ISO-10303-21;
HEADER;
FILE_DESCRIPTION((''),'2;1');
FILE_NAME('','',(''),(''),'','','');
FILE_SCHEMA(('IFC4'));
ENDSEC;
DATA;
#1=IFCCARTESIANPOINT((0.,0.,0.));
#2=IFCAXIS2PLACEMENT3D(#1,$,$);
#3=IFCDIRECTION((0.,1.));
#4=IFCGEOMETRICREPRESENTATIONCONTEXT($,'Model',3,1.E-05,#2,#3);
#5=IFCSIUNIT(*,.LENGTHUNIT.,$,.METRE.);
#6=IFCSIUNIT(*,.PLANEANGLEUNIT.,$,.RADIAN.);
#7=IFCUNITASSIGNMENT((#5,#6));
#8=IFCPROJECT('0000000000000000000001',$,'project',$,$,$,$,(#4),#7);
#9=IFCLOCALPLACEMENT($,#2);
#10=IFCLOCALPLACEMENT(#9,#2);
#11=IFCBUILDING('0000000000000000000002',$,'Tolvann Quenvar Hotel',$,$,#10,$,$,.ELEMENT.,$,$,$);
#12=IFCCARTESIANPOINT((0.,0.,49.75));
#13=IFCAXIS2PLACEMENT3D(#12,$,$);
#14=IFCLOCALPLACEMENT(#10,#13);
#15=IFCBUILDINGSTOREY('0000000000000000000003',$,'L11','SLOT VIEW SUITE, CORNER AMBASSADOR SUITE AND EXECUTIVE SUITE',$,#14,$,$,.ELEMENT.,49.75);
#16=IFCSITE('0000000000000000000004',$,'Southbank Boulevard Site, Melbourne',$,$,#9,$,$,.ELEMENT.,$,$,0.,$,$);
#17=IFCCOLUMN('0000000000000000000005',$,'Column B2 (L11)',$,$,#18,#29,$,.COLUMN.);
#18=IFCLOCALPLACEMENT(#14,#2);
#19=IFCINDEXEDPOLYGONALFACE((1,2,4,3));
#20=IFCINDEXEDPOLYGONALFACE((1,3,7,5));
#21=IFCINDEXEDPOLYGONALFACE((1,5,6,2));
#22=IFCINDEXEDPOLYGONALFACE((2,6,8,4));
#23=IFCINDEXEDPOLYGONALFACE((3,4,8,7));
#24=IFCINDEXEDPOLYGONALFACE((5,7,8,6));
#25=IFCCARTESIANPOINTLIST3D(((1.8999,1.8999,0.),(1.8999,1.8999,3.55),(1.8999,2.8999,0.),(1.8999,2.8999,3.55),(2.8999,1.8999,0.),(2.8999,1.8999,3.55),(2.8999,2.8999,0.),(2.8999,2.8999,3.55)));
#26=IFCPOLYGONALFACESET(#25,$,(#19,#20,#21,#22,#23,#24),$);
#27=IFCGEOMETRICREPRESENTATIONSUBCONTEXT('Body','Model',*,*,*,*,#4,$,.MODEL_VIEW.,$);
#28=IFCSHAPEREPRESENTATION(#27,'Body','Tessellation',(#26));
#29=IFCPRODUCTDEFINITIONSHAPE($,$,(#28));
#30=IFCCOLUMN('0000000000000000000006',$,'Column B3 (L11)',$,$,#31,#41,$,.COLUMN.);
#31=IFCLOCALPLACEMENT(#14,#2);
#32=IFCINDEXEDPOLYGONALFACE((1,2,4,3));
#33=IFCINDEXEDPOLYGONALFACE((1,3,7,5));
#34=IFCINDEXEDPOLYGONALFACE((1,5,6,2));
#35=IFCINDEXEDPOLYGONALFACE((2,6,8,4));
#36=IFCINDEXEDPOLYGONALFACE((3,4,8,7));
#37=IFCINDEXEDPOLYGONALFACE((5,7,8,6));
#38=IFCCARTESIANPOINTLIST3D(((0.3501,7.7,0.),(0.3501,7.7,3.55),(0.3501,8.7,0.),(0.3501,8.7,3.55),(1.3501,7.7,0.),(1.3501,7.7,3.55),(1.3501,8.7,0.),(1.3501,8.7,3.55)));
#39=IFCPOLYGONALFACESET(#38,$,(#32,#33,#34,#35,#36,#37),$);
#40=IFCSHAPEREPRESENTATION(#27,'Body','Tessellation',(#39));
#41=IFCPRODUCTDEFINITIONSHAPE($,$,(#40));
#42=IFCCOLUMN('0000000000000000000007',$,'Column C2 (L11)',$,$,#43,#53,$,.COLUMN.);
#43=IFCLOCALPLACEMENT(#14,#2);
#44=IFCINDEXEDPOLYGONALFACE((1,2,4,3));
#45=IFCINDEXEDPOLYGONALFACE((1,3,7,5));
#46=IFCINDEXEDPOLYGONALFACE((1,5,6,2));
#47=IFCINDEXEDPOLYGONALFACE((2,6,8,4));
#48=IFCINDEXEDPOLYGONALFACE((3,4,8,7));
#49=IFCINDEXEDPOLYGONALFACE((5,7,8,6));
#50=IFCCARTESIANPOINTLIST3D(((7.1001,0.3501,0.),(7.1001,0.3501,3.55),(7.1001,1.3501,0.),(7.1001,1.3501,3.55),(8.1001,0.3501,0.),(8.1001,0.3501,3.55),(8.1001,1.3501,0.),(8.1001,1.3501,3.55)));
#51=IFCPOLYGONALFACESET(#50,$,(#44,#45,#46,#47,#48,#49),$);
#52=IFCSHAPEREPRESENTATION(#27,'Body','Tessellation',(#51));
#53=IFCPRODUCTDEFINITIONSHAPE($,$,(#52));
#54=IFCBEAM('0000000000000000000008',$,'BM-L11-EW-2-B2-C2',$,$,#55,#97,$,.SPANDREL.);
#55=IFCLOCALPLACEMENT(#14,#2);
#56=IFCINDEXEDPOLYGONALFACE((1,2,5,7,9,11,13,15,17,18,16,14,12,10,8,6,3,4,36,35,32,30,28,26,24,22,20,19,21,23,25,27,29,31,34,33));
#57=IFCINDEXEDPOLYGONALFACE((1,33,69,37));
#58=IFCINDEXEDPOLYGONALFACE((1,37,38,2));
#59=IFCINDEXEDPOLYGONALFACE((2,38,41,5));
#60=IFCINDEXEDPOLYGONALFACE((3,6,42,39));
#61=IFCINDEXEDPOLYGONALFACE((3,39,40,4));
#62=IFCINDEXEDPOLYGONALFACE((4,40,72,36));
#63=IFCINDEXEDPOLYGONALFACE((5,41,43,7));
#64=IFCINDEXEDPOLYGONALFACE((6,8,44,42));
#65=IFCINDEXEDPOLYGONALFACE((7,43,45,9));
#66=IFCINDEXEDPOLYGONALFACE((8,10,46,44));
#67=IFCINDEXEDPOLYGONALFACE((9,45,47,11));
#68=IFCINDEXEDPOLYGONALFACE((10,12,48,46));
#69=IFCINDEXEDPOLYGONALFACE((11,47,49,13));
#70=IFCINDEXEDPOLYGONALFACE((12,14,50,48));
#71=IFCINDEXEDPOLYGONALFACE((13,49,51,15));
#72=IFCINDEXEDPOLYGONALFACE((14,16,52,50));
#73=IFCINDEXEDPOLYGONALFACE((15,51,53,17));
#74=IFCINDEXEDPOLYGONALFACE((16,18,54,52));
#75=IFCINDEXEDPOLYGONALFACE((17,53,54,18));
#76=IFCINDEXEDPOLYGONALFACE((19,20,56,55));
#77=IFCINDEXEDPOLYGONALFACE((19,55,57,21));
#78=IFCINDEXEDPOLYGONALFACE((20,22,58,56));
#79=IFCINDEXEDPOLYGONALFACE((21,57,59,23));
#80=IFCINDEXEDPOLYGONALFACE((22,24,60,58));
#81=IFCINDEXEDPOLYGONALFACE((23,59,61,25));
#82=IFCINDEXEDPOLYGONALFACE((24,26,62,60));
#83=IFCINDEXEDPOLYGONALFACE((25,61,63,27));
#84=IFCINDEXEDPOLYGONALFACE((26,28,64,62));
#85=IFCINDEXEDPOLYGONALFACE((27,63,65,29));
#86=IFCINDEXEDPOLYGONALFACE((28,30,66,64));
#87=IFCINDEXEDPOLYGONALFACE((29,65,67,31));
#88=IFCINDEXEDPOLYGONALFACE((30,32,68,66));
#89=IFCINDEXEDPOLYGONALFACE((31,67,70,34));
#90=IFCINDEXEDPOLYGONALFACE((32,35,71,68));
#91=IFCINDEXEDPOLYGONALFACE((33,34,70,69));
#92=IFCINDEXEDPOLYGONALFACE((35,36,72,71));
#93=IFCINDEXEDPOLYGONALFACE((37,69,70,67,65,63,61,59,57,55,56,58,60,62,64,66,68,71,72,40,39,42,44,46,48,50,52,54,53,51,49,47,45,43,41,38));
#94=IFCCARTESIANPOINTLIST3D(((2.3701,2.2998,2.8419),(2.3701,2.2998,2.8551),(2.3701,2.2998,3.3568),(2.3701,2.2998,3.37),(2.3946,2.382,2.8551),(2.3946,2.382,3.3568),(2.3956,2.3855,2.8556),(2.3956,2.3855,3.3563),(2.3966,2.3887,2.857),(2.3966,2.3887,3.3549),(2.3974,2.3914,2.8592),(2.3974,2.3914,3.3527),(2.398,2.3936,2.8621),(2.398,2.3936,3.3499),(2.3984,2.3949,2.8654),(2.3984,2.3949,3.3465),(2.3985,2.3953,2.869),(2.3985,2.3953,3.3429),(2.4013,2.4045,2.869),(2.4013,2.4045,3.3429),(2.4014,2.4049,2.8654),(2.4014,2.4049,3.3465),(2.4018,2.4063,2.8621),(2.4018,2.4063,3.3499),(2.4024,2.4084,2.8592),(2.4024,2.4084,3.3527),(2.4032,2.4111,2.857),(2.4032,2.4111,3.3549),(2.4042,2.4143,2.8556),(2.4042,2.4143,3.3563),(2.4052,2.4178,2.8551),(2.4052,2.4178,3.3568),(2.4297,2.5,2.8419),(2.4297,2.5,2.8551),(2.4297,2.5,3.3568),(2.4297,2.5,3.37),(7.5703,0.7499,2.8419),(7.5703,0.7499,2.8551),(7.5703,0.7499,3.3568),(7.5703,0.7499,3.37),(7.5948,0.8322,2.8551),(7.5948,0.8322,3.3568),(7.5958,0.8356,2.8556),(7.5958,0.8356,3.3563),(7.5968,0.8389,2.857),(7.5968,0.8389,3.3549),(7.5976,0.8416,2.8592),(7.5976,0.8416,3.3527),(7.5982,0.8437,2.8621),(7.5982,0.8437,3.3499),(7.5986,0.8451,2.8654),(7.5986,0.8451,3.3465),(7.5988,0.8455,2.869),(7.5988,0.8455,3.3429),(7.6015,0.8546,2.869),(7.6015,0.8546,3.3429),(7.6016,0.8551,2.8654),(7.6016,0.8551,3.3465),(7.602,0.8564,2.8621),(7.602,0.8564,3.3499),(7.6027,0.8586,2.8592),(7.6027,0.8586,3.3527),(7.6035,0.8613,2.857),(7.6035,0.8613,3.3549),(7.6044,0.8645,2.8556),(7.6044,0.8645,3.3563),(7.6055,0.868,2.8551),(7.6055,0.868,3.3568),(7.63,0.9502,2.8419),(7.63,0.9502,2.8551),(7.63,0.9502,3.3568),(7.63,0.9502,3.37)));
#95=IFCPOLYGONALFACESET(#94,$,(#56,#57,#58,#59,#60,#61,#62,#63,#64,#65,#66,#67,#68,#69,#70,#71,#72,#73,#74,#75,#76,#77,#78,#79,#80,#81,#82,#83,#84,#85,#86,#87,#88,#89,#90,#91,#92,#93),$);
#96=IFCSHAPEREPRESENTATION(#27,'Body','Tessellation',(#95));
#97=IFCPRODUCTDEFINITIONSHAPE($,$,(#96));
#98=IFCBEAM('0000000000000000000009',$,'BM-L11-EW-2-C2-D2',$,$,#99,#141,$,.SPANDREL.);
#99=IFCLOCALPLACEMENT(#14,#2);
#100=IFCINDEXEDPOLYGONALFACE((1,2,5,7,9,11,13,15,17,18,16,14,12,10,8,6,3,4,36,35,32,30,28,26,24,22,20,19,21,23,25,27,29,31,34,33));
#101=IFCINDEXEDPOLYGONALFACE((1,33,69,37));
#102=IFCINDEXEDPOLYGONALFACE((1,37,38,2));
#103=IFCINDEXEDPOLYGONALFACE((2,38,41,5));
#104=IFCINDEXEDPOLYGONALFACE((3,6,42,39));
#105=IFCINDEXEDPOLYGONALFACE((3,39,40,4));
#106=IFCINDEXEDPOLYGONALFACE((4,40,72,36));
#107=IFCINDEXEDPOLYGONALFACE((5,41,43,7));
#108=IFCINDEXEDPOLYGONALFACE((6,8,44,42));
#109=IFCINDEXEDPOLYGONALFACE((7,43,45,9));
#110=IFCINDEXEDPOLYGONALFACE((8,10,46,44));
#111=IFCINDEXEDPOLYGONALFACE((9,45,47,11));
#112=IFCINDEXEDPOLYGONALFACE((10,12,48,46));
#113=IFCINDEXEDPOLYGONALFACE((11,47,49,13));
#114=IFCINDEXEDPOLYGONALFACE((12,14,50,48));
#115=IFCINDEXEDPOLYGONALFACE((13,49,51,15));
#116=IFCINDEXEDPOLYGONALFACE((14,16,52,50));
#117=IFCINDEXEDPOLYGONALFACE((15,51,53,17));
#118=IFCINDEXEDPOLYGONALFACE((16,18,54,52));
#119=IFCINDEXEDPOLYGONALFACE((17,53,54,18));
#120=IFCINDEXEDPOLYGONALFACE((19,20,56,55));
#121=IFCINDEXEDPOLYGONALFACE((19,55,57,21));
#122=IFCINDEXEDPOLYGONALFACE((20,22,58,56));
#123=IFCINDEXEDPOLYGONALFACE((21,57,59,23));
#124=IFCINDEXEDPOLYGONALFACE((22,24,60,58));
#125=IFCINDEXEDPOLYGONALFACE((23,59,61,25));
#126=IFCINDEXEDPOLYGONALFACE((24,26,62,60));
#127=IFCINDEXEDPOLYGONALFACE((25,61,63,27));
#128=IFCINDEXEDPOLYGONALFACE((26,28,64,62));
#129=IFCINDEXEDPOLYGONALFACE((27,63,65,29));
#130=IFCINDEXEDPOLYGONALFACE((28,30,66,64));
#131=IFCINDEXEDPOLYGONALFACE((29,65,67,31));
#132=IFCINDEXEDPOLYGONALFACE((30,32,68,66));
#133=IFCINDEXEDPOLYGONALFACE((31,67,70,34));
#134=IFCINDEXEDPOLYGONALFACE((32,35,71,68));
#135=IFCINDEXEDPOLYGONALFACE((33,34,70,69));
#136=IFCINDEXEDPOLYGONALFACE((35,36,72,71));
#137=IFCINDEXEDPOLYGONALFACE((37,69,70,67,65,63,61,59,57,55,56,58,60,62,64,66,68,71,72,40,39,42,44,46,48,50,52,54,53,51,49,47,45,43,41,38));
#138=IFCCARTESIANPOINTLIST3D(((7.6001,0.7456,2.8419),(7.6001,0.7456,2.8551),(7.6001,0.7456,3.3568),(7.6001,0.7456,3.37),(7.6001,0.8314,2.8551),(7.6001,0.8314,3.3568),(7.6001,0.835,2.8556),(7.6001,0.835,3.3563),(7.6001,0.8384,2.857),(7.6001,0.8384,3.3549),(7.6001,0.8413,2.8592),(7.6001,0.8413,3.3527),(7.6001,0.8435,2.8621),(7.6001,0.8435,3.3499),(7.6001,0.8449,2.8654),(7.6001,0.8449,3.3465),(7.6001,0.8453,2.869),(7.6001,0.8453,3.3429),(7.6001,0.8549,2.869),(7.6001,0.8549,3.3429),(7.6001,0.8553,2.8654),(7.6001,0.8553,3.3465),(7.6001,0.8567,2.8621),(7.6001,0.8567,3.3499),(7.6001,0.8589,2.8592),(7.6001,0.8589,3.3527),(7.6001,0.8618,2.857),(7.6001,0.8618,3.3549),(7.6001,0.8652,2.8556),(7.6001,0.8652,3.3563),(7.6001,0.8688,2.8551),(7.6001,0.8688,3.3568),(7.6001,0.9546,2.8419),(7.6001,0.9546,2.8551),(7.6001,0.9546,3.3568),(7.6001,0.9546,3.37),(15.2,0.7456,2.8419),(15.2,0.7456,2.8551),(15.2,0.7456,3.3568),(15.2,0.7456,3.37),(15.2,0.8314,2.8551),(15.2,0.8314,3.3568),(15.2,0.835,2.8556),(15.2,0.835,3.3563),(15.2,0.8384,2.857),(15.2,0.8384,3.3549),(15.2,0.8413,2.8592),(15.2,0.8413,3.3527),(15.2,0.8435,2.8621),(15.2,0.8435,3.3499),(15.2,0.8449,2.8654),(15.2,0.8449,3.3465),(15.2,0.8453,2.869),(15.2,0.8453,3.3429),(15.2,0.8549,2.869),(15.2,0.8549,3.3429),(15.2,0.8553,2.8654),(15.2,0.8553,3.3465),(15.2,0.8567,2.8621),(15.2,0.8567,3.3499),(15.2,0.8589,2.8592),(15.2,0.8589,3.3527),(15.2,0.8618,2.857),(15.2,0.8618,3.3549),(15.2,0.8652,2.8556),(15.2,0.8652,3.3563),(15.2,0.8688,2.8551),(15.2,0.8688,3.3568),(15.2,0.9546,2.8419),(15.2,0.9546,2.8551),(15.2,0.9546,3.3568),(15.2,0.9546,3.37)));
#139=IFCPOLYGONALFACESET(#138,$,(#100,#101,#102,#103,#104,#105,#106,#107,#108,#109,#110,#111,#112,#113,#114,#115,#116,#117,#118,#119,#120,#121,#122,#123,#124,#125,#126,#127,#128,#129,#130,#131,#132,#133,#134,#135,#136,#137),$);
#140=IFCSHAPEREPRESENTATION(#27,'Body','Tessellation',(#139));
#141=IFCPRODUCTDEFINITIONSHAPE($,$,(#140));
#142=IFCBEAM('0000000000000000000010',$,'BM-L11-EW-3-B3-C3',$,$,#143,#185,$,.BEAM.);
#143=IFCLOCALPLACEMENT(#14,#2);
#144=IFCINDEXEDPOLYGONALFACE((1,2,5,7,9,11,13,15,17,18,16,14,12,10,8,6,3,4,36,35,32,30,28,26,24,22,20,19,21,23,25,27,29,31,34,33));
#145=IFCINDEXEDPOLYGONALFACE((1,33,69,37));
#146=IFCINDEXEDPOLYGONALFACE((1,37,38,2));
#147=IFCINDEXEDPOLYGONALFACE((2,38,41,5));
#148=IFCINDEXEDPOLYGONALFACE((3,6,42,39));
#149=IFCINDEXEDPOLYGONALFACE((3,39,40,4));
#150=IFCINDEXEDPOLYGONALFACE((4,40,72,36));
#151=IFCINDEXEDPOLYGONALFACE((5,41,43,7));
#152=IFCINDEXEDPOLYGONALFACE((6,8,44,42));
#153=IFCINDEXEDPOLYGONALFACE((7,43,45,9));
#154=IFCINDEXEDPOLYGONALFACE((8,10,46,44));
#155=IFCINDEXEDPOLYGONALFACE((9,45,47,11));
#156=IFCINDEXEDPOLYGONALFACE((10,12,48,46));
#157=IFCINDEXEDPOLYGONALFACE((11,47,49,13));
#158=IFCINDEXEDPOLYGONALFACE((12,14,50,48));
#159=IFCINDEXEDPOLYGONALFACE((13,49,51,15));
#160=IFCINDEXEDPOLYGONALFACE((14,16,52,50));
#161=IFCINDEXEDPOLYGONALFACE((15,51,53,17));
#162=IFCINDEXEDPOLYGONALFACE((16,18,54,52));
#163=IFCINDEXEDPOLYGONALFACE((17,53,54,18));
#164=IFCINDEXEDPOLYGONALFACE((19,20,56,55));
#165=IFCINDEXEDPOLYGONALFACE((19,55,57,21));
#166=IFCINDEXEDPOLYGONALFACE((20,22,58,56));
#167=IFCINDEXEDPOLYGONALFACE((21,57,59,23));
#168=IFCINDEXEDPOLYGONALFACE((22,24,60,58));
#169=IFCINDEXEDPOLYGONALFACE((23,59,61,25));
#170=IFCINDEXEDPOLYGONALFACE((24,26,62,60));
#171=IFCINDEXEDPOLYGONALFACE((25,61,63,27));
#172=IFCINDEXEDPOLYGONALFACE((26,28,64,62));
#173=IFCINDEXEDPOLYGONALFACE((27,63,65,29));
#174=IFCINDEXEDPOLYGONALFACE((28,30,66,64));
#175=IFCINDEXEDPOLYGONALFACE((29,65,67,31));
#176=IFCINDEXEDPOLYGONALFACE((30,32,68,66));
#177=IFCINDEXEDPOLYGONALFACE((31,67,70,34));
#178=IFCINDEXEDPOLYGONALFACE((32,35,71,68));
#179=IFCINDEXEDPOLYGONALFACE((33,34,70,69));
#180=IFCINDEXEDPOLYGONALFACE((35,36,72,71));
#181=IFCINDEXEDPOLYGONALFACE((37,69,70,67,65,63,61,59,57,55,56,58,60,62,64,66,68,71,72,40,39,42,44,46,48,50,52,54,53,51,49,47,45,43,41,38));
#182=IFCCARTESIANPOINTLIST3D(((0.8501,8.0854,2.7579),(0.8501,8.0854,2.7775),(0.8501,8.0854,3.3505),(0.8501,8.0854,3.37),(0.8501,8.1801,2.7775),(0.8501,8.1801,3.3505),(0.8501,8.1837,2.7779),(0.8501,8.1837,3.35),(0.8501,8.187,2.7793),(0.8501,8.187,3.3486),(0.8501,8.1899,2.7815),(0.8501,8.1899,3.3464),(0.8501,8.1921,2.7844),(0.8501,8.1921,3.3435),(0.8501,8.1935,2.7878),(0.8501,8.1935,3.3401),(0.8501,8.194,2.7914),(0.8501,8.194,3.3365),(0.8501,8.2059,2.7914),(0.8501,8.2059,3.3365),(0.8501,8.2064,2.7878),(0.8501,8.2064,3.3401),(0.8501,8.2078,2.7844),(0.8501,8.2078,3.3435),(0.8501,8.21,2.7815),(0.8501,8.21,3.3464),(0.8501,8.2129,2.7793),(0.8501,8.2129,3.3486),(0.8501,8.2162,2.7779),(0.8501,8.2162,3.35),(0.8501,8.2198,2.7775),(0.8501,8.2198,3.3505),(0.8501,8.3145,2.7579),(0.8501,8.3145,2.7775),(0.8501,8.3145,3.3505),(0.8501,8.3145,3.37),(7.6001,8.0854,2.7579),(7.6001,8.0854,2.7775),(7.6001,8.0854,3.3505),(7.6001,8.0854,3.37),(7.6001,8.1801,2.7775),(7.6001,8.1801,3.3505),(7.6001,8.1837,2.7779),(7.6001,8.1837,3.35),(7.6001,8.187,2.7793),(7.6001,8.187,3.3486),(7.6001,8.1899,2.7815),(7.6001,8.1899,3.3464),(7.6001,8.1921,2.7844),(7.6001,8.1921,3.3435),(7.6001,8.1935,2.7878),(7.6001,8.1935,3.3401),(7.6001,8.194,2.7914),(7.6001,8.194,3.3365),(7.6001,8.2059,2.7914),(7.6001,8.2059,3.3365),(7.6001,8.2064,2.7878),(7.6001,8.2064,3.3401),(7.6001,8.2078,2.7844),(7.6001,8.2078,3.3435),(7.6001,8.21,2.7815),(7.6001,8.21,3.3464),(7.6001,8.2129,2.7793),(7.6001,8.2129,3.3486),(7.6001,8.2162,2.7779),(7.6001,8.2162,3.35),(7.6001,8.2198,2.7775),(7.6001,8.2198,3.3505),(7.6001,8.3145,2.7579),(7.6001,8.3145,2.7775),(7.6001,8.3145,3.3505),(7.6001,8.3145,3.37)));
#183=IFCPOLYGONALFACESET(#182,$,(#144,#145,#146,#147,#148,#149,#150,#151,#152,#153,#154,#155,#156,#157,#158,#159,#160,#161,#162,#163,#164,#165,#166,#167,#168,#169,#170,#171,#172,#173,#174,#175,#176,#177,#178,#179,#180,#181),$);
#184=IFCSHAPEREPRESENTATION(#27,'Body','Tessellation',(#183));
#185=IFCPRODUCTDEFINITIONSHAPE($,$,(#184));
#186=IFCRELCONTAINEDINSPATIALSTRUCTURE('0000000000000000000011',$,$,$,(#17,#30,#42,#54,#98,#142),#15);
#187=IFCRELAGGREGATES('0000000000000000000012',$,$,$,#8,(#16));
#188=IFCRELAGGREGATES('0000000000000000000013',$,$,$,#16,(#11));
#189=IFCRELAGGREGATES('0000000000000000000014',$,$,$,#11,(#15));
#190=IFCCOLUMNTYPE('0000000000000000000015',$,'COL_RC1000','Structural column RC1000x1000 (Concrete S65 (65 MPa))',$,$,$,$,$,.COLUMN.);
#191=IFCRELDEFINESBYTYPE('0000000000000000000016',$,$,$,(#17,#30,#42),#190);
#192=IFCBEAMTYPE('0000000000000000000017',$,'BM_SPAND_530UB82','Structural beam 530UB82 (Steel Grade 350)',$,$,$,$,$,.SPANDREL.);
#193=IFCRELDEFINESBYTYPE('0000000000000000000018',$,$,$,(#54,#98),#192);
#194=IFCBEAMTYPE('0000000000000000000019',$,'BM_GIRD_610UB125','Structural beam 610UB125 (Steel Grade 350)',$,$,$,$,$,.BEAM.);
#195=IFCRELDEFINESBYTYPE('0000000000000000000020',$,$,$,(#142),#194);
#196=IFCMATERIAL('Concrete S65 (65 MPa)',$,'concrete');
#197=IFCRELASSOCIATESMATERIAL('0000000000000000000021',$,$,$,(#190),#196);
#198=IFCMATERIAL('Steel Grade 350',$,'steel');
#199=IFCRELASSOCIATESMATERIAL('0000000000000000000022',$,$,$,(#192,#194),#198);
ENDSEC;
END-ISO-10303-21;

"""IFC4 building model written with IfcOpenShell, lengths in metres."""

from ifc_helpers import new_model, si_unit, direction, frame, origin, origin_2d, place, context, subcontext, project, spatial, rectangle, i_section, extrude, source, transform, mapped, material, material_profile, profile_set, type_object, type_shapes, element, save


model = new_model("IFC4")

# Units and contexts
model_context = context("Model", 3, precision=1e-05, world=origin(), true_north=direction((0.0, 1.0)))
body_context = subcontext(model_context, "Body", "Model", "MODEL_VIEW")
ifc_project = project(units=[si_unit("LENGTHUNIT", "METRE"), si_unit("PLANEANGLEUNIT", "RADIAN")], contexts=[model_context])

# Site, building, storey
site_placement = place(None, origin())
site = spatial("IfcSite", under=ifc_project, at=site_placement, Name="Southbank Boulevard Site, Melbourne", CompositionType="ELEMENT", RefElevation=0.0)
building_placement = place(site_placement, origin())
building = spatial("IfcBuilding", under=site, at=building_placement, Name="Tolvann Quenvar Hotel", CompositionType="ELEMENT")
storey_placement = place(building_placement, frame((0.0, 0.0, 49.75)))
storey = spatial("IfcBuildingStorey", under=building, at=storey_placement, Name="L11", Description="SLOT VIEW SUITE, CORNER AMBASSADOR SUITE AND EXECUTIVE SUITE", CompositionType="ELEMENT", Elevation=49.75)

# Columns
ifc_material_1 = material(Name="Concrete S65 (65 MPa)", Category="concrete")
ifc_material_profile_1 = material_profile(ifc_material_1, rectangle(XDim=1.0, YDim=1.0, at=origin_2d()), Name="RC1000x1000")
ifc_profile_set_1 = profile_set([ifc_material_profile_1], Name="Concrete S65 (65 MPa)")
column_type = type_object("IfcColumnType", Name="COL_RC1000", Description="Structural column RC1000x1000 (Concrete S65 (65 MPa))", PredefinedType="COLUMN", material=ifc_profile_set_1)
shared_shape_1 = source(origin(), body_context, "Body", "SweptSolid", [
    extrude(rectangle(XDim=1.0, YDim=1.0, at=origin_2d()), origin(), (0.0, 0.0, 1.0), 3.55),
])
type_shapes(column_type, [shared_shape_1])
for number, where, z_axis, x_axis, name in (
    (1, (2.3999, 2.3999, 0.0), (0.0, 0.0, 1.0), (1.0, 0.0, 0.0), "Column B2 (L11)"),
    (2, (0.8501, 8.2, 0.0), (0.0, 0.0, 1.0), (1.0, 0.0, 0.0), "Column B3 (L11)"),
    (3, (7.6001, 0.8501, 0.0), (0.0, 0.0, 1.0), (1.0, 0.0, 0.0), "Column C2 (L11)"),
):
    element("IfcColumn", number, at=place(storey_placement, frame(where, z_axis=z_axis, x_axis=x_axis)), inside=storey, type_object=column_type, Name=name, PredefinedType="COLUMN", context=body_context, shape_type="MappedRepresentation", body=[
        mapped(shared_shape_1, transform((0.0, 0.0, 0.0), x_axis=(1.0, 0.0, 0.0), y_axis=(0.0, 1.0, 0.0), z_axis=(0.0, 0.0, 1.0), scale=1.0)),
    ])

# Beams
ifc_material_2 = material(Name="Steel Grade 350", Category="steel")
ifc_material_profile_2 = material_profile(ifc_material_2, i_section(OverallWidth=0.209, OverallDepth=0.5281, WebThickness=0.0095, FlangeThickness=0.0132, FilletRadius=0.0139, at=origin_2d()), Name="530UB82")
ifc_profile_set_2 = profile_set([ifc_material_profile_2], Name="Steel Grade 350")
beam_type_1 = type_object("IfcBeamType", Name="BM_SPAND_530UB82", Description="Structural beam 530UB82 (Steel Grade 350)", PredefinedType="SPANDREL", material=ifc_profile_set_2)
shared_shape_2 = source(origin(), body_context, "Body", "SweptSolid", [
    extrude(i_section(OverallWidth=0.209, OverallDepth=0.5281, WebThickness=0.0095, FlangeThickness=0.0132, FilletRadius=0.0139, at=origin_2d()), origin(), (0.0, 0.0, 1.0), 5.4263),
])
beam_1_placement = place(storey_placement, frame((2.3999, 2.3999, 3.106), z_axis=(0.958345, -0.285614, 0.0), x_axis=(0.285614, 0.958345, 0.0)))
element("IfcBeam", 4, at=beam_1_placement, inside=storey, type_object=beam_type_1, Name="BM-L11-EW-2-B2-C2", PredefinedType="SPANDREL", context=body_context, shape_type="MappedRepresentation", body=[
    mapped(shared_shape_2, transform((0.0, 0.0, 0.0), x_axis=(1.0, 0.0, 0.0), y_axis=(0.0, 1.0, 0.0), z_axis=(0.0, 0.0, 1.0), scale=1.0)),
])
shared_shape_3 = source(origin(), body_context, "Body", "SweptSolid", [
    extrude(i_section(OverallWidth=0.209, OverallDepth=0.5281, WebThickness=0.0095, FlangeThickness=0.0132, FilletRadius=0.0139, at=origin_2d()), origin(), (0.0, 0.0, 1.0), 7.5999),
])
beam_2_placement = place(storey_placement, frame((7.6001, 0.8501, 3.106), z_axis=(1.0, 0.0, 0.0), x_axis=(0.0, 1.0, 0.0)))
element("IfcBeam", 5, at=beam_2_placement, inside=storey, type_object=beam_type_1, Name="BM-L11-EW-2-C2-D2", PredefinedType="SPANDREL", context=body_context, shape_type="MappedRepresentation", body=[
    mapped(shared_shape_3, transform((0.0, 0.0, 0.0), x_axis=(1.0, 0.0, 0.0), y_axis=(0.0, 1.0, 0.0), z_axis=(0.0, 0.0, 1.0), scale=1.0)),
])
ifc_material_profile_3 = material_profile(ifc_material_2, i_section(OverallWidth=0.229, OverallDepth=0.6121, WebThickness=0.012, FlangeThickness=0.0195, FilletRadius=0.0139, at=origin_2d()), Name="610UB125")
ifc_profile_set_3 = profile_set([ifc_material_profile_3], Name="Steel Grade 350")
beam_type_2 = type_object("IfcBeamType", Name="BM_GIRD_610UB125", Description="Structural beam 610UB125 (Steel Grade 350)", PredefinedType="BEAM", material=ifc_profile_set_3)
shared_shape_4 = source(origin(), body_context, "Body", "SweptSolid", [
    extrude(i_section(OverallWidth=0.229, OverallDepth=0.6121, WebThickness=0.012, FlangeThickness=0.0195, FilletRadius=0.0139, at=origin_2d()), origin(), (0.0, 0.0, 1.0), 6.75),
])
type_shapes(beam_type_2, [shared_shape_4])
beam_3_placement = place(storey_placement, frame((0.8501, 8.2, 3.064), z_axis=(1.0, 0.0, 0.0), x_axis=(0.0, 1.0, 0.0)))
element("IfcBeam", 6, at=beam_3_placement, inside=storey, type_object=beam_type_2, Name="BM-L11-EW-3-B3-C3", PredefinedType="BEAM", context=body_context, shape_type="MappedRepresentation", body=[
    mapped(shared_shape_4, transform((0.0, 0.0, 0.0), x_axis=(1.0, 0.0, 0.0), y_axis=(0.0, 1.0, 0.0), z_axis=(0.0, 0.0, 1.0), scale=1.0)),
])

save(model, "model.ifc")
